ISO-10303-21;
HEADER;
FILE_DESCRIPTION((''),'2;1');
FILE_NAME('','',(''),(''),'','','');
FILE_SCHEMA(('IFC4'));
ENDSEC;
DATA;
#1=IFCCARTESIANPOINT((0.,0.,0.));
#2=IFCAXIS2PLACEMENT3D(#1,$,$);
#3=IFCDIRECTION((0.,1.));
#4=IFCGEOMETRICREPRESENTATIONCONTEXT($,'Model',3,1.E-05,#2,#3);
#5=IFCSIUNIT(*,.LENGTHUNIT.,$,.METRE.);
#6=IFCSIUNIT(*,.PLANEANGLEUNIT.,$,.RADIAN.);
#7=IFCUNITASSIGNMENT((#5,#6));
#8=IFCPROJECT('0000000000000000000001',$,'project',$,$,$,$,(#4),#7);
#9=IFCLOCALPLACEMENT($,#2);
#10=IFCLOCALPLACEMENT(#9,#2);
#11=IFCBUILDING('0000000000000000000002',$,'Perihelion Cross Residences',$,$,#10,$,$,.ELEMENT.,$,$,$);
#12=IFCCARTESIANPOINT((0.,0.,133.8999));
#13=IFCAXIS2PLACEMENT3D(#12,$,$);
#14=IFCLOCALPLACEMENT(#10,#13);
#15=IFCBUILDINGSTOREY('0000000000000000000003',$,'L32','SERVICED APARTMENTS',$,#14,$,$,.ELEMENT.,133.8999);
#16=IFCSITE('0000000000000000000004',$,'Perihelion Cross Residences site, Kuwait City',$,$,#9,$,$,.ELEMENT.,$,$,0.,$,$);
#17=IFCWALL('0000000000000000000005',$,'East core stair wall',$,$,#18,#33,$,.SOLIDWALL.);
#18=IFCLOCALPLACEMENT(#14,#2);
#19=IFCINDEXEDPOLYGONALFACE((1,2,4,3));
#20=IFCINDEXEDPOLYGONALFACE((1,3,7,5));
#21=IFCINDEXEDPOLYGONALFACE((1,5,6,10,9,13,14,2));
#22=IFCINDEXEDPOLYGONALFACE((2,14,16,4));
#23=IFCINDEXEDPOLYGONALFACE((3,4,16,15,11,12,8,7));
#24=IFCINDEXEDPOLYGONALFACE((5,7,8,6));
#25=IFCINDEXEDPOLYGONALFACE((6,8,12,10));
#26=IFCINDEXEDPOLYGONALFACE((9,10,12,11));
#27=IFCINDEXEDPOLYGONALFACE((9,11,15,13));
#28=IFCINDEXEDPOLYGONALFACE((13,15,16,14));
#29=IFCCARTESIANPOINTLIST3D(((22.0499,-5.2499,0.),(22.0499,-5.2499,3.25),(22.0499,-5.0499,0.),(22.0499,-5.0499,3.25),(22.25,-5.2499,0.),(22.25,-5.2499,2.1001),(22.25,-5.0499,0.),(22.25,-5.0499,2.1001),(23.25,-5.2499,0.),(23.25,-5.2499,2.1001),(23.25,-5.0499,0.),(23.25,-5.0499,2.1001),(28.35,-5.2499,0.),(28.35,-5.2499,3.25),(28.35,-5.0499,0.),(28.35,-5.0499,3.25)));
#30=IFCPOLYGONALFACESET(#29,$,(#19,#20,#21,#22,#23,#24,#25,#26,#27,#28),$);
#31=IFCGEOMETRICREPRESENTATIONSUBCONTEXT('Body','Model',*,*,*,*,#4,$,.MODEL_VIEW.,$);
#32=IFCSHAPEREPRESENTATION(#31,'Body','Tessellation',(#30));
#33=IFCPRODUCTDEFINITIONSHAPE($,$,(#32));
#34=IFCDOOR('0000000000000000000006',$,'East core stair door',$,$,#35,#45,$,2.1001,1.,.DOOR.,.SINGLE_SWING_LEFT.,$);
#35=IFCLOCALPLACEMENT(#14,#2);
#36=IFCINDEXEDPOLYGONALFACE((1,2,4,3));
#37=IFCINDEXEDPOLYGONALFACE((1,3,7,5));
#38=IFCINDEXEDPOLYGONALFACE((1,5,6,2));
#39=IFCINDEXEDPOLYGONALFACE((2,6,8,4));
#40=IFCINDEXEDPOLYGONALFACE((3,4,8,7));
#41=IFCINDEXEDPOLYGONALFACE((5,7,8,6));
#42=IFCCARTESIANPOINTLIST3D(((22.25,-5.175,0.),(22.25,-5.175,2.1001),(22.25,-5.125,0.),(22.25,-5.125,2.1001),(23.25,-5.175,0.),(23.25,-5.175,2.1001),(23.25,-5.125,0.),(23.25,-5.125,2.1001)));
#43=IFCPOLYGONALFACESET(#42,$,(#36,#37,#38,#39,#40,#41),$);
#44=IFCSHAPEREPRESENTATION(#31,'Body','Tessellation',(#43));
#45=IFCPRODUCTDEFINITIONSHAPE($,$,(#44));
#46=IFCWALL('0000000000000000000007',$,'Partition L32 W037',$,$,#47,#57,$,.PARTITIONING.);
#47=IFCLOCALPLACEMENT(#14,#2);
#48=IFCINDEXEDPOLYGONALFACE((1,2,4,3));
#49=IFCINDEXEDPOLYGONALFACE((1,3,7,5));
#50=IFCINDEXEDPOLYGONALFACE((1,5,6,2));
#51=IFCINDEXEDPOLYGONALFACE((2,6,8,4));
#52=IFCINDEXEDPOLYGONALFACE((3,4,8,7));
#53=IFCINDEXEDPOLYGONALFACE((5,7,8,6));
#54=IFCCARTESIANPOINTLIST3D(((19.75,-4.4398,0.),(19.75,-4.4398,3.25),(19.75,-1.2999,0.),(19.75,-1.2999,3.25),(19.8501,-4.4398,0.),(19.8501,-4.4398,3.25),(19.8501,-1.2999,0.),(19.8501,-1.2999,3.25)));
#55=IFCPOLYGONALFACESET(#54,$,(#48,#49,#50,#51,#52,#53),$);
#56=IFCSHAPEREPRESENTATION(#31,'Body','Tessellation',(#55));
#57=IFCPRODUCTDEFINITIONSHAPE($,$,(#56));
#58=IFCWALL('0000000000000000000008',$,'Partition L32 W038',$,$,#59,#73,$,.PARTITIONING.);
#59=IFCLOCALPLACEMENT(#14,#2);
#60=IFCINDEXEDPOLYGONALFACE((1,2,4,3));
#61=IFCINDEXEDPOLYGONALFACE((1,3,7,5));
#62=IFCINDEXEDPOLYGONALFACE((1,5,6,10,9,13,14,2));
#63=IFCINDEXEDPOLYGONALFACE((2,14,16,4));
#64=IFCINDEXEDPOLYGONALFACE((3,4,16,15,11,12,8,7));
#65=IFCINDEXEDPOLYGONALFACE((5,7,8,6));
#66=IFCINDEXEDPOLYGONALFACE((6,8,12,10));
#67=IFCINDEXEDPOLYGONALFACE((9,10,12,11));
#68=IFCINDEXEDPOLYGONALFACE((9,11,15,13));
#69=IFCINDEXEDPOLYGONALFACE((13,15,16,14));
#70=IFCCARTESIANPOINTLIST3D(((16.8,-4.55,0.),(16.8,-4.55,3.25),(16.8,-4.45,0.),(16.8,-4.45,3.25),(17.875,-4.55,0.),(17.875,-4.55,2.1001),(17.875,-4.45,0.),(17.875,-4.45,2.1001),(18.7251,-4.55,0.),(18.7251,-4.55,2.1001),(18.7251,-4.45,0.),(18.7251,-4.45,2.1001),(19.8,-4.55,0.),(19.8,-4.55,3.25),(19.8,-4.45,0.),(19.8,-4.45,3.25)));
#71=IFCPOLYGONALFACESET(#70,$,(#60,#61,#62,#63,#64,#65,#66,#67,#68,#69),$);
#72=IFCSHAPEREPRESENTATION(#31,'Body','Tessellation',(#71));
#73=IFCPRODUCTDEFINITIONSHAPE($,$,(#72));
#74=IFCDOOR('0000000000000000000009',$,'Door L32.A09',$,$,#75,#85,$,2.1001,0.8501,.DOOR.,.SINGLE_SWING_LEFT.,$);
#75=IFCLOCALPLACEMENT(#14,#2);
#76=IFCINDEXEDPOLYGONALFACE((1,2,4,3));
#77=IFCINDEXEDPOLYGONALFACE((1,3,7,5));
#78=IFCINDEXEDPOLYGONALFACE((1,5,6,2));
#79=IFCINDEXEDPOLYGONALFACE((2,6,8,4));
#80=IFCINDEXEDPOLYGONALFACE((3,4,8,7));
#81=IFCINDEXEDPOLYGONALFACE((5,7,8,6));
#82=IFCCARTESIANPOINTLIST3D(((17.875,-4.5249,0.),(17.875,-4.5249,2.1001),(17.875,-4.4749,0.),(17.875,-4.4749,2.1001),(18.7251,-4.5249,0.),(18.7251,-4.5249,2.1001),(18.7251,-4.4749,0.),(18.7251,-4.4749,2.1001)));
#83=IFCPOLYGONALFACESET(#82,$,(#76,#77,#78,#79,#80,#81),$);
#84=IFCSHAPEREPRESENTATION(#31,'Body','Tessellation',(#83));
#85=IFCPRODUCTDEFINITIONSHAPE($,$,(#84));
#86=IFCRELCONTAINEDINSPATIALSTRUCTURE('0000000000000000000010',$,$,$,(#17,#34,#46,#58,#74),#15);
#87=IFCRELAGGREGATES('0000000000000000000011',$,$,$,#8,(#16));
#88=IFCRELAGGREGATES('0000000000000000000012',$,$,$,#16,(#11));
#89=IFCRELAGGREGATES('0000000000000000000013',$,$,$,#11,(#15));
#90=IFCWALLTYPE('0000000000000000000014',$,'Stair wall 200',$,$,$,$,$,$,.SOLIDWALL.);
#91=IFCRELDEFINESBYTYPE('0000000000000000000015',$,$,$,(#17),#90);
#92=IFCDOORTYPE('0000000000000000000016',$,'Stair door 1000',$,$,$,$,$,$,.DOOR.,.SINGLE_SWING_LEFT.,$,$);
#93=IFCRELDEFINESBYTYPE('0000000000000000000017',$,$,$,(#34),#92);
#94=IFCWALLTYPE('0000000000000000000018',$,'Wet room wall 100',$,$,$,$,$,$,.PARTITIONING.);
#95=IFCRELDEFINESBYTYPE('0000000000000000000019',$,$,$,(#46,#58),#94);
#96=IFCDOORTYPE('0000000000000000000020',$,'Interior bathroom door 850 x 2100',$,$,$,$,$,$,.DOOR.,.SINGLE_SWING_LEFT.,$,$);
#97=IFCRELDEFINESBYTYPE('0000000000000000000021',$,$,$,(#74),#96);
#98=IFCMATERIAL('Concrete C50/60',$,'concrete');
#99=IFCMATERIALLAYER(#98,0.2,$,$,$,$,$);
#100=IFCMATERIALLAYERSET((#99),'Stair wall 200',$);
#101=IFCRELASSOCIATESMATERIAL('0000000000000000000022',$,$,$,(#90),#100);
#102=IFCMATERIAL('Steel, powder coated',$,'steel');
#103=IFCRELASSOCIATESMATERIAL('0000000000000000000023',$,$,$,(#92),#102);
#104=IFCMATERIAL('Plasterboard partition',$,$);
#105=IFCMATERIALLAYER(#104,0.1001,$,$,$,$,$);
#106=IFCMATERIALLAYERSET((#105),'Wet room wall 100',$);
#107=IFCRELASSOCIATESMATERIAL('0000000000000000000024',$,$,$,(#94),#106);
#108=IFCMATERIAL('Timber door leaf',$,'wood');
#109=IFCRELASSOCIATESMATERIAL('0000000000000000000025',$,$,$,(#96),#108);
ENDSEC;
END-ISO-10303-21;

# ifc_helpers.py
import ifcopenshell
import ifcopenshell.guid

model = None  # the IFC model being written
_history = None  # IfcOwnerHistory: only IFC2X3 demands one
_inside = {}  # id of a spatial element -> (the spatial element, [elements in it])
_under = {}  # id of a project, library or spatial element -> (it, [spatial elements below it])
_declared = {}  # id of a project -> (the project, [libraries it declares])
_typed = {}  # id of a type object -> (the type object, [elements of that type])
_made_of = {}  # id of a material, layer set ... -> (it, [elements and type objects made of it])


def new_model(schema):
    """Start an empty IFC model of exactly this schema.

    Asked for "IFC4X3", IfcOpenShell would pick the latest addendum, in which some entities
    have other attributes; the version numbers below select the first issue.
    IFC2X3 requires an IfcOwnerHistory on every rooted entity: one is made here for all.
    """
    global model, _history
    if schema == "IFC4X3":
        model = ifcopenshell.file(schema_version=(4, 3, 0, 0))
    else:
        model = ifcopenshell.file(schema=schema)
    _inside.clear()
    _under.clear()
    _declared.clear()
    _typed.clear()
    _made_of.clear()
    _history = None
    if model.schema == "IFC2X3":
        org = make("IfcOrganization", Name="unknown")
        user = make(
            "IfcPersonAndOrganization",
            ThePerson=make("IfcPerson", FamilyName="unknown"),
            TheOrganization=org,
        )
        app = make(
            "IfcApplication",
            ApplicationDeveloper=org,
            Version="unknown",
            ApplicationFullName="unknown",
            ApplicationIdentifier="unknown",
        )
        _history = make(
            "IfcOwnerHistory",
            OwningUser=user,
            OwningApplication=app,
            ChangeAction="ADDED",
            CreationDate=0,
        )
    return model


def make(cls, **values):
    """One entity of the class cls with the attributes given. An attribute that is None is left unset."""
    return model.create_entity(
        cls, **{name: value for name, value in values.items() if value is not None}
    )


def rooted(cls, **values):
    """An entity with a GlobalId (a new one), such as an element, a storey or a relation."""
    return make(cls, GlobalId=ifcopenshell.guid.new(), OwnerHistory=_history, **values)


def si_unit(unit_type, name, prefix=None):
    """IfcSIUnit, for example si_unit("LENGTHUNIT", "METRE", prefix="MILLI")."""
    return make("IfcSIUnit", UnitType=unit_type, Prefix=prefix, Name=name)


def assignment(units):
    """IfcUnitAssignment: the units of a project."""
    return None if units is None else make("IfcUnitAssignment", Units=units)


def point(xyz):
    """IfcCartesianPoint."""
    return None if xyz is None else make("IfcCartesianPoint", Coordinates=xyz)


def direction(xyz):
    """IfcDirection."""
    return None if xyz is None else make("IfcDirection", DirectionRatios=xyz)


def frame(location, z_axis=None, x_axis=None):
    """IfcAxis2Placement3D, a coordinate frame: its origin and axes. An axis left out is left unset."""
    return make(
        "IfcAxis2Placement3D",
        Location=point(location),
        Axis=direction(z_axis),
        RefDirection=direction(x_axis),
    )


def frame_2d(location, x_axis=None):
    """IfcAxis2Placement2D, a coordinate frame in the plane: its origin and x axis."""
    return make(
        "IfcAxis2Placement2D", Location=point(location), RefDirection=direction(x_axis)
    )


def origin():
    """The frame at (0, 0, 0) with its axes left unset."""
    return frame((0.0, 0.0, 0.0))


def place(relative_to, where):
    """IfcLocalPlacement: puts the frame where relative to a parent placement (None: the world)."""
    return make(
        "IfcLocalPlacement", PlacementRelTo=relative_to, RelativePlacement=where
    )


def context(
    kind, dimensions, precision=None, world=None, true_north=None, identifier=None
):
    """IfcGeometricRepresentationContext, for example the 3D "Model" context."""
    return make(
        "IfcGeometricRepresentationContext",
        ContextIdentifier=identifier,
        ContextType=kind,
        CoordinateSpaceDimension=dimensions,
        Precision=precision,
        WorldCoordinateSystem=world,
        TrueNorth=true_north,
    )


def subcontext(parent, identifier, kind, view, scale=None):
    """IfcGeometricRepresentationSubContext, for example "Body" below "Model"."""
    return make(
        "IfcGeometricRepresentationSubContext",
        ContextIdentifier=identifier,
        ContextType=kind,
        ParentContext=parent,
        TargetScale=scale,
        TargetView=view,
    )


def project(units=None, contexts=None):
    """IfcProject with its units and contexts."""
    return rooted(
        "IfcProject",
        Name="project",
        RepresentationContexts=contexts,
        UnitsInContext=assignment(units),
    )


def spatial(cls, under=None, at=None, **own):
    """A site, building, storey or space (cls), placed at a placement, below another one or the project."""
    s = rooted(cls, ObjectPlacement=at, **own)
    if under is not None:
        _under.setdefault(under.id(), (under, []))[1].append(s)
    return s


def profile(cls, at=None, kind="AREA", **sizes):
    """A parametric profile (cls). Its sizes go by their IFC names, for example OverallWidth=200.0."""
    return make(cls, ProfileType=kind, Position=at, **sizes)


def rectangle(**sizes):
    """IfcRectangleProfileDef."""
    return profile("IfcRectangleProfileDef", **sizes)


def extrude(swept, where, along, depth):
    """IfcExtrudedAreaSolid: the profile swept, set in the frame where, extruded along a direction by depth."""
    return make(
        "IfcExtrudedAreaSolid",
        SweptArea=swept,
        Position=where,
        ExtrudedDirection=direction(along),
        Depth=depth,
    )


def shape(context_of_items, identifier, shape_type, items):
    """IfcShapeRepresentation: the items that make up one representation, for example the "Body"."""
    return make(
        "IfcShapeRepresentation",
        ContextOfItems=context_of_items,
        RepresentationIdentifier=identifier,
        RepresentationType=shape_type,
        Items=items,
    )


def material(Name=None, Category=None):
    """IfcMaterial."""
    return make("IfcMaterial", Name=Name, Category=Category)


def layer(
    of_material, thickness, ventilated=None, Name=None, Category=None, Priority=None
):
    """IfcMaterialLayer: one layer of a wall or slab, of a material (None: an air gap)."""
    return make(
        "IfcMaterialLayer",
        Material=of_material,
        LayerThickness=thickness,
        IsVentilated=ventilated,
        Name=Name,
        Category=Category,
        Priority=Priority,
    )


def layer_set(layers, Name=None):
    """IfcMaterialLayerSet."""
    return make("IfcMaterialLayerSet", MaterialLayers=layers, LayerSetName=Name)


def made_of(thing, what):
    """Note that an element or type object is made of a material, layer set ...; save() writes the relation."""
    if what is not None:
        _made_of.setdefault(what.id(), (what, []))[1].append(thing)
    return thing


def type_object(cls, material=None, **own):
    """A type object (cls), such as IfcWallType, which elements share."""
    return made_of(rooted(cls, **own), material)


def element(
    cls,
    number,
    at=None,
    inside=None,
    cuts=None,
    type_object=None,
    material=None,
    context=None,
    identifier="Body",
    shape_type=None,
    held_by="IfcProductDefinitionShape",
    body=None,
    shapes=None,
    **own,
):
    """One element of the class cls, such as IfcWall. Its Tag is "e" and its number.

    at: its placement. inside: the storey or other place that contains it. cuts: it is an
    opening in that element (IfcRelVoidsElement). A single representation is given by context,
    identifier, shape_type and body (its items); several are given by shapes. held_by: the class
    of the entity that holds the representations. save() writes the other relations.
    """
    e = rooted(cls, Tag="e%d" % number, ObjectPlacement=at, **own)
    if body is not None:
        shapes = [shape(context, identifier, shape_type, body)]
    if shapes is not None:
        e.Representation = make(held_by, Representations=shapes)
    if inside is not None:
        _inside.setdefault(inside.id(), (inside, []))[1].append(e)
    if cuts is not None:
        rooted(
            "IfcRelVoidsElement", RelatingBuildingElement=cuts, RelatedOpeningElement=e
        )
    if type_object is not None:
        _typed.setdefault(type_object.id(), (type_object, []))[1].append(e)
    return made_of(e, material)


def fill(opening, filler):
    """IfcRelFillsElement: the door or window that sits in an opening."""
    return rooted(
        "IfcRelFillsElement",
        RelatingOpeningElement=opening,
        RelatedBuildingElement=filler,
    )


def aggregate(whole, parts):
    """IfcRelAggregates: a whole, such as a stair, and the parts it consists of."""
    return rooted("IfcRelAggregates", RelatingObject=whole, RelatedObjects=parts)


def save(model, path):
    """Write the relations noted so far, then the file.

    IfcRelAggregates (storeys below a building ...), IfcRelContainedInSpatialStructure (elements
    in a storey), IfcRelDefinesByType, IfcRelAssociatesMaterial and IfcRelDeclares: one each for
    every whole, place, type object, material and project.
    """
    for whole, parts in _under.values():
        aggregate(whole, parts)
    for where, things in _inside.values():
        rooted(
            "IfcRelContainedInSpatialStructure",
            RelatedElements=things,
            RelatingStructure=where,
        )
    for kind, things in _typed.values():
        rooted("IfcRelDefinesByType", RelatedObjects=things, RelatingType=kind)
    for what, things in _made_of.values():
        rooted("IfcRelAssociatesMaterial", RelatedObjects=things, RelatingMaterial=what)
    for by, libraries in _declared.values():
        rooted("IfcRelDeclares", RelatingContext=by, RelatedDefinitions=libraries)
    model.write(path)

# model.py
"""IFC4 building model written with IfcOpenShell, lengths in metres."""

from ifc_helpers import new_model, si_unit, direction, frame, frame_2d, origin, place, context, subcontext, project, spatial, rectangle, extrude, material, layer, layer_set, type_object, element, fill, save


model = new_model("IFC4")

# Units and contexts
model_context = context("Model", 3, precision=1e-05, world=origin(), true_north=direction((0.0, 1.0)))
body_context = subcontext(model_context, "Body", "Model", "MODEL_VIEW")
ifc_project = project(units=[si_unit("LENGTHUNIT", "METRE"), si_unit("PLANEANGLEUNIT", "RADIAN")], contexts=[model_context])

# Site, building, storey
site_placement = place(None, origin())
site = spatial("IfcSite", under=ifc_project, at=site_placement, Name="Perihelion Cross Residences site, Kuwait City", CompositionType="ELEMENT", RefElevation=0.0)
building_placement = place(site_placement, origin())
building = spatial("IfcBuilding", under=site, at=building_placement, Name="Perihelion Cross Residences", CompositionType="ELEMENT")
storey_placement = place(building_placement, frame((0.0, 0.0, 133.8999)))
storey = spatial("IfcBuildingStorey", under=building, at=storey_placement, Name="L32", Description="SERVICED APARTMENTS", CompositionType="ELEMENT", Elevation=133.8999)

# Wall, opening, door
ifc_material_1 = material(Name="Concrete C50/60", Category="concrete")
ifc_layer_1 = layer(ifc_material_1, 0.2)
ifc_layer_set_1 = layer_set([ifc_layer_1], Name="Stair wall 200")
wall_type_1 = type_object("IfcWallType", Name="Stair wall 200", PredefinedType="SOLIDWALL", material=ifc_layer_set_1)
wall_1_placement = place(storey_placement, frame((22.05, -5.1499, 0.0), z_axis=(0.0, 0.0, 1.0), x_axis=(1.0, 0.0, 0.0)))
wall_1 = element("IfcWall", 1, at=wall_1_placement, inside=storey, type_object=wall_type_1, Name="East core stair wall", PredefinedType="SOLIDWALL", context=body_context, shape_type="SweptSolid", body=[
    extrude(rectangle(XDim=6.3, YDim=0.2, at=frame_2d((3.1499, 0.0))), origin(), (0.0, 0.0, 1.0), 3.25),
])
opening_1_placement = place(wall_1_placement, frame((0.2, 0.0, 0.0)))
opening_1 = element("IfcOpeningElement", 2, at=opening_1_placement, cuts=wall_1, PredefinedType="OPENING", context=body_context, shape_type="SweptSolid", body=[
    extrude(rectangle(XDim=1.0, YDim=2.1001, at=frame_2d((0.5, 1.05))), frame((0.0, 0.1099, 0.0), z_axis=(0.0, -1.0, 0.0), x_axis=(1.0, 0.0, 0.0)), (0.0, 0.0, 1.0), 0.22),
])
ifc_material_2 = material(Name="Steel, powder coated", Category="steel")
door_type_1 = type_object("IfcDoorType", Name="Stair door 1000", OperationType="SINGLE_SWING_LEFT", PredefinedType="DOOR", material=ifc_material_2)
door_1_placement = place(opening_1_placement, origin())
door_1 = element("IfcDoor", 3, at=door_1_placement, inside=storey, type_object=door_type_1, Name="East core stair door", OperationType="SINGLE_SWING_LEFT", OverallHeight=2.1001, OverallWidth=1.0, PredefinedType="DOOR", context=body_context, shape_type="SweptSolid", body=[
    extrude(rectangle(XDim=1.0, YDim=2.1001, at=frame_2d((0.5, 1.05))), frame((0.0, 0.0249, 0.0), z_axis=(0.0, -1.0, 0.0), x_axis=(1.0, 0.0, 0.0)), (0.0, 0.0, 1.0), 0.05),
])
fill(opening_1, door_1)

# Wall
ifc_material_3 = material(Name="Plasterboard partition")
ifc_layer_2 = layer(ifc_material_3, 0.1001)
ifc_layer_set_2 = layer_set([ifc_layer_2], Name="Wet room wall 100")
wall_type_2 = type_object("IfcWallType", Name="Wet room wall 100", PredefinedType="PARTITIONING", material=ifc_layer_set_2)
wall_2_placement = place(storey_placement, frame((19.8, -1.3, 0.0), z_axis=(0.0, 0.0, 1.0), x_axis=(0.0, -1.0, 0.0)))
element("IfcWall", 4, at=wall_2_placement, inside=storey, type_object=wall_type_2, Name="Partition L32 W037", PredefinedType="PARTITIONING", context=body_context, shape_type="SweptSolid", body=[
    extrude(rectangle(XDim=3.1399, YDim=0.1001, at=frame_2d((1.5698, 0.0))), origin(), (0.0, 0.0, 1.0), 3.25),
])

# Wall, opening, door
wall_3_placement = place(storey_placement, frame((19.8, -4.5, 0.0), z_axis=(0.0, 0.0, 1.0), x_axis=(-1.0, 0.0, 0.0)))
wall_3 = element("IfcWall", 5, at=wall_3_placement, inside=storey, type_object=wall_type_2, Name="Partition L32 W038", PredefinedType="PARTITIONING", context=body_context, shape_type="SweptSolid", body=[
    extrude(rectangle(XDim=3.0, YDim=0.1001, at=frame_2d((1.5, 0.0))), origin(), (0.0, 0.0, 1.0), 3.25),
])
opening_2_placement = place(wall_3_placement, frame((1.075, 0.0, 0.0)))
opening_2 = element("IfcOpeningElement", 6, at=opening_2_placement, cuts=wall_3, PredefinedType="OPENING", context=body_context, shape_type="SweptSolid", body=[
    extrude(rectangle(XDim=0.8501, YDim=2.1001, at=frame_2d((0.425, 1.05))), frame((0.0, 0.0601, 0.0), z_axis=(0.0, -1.0, 0.0), x_axis=(1.0, 0.0, 0.0)), (0.0, 0.0, 1.0), 0.1201),
])
ifc_material_4 = material(Name="Timber door leaf", Category="wood")
door_type_2 = type_object("IfcDoorType", Name="Interior bathroom door 850 x 2100", OperationType="SINGLE_SWING_LEFT", PredefinedType="DOOR", material=ifc_material_4)
door_2_placement = place(opening_2_placement, origin())
door_2 = element("IfcDoor", 7, at=door_2_placement, inside=storey, type_object=door_type_2, Name="Door L32.A09", OperationType="SINGLE_SWING_LEFT", OverallHeight=2.1001, OverallWidth=0.8501, PredefinedType="DOOR", context=body_context, shape_type="SweptSolid", body=[
    extrude(rectangle(XDim=0.8501, YDim=2.1001, at=frame_2d((0.425, 1.05))), frame((0.0, 0.0249, 0.0), z_axis=(0.0, -1.0, 0.0), x_axis=(1.0, 0.0, 0.0)), (0.0, 0.0, 1.0), 0.05),
])
fill(opening_2, door_2)

save(model, "model.ifc")
